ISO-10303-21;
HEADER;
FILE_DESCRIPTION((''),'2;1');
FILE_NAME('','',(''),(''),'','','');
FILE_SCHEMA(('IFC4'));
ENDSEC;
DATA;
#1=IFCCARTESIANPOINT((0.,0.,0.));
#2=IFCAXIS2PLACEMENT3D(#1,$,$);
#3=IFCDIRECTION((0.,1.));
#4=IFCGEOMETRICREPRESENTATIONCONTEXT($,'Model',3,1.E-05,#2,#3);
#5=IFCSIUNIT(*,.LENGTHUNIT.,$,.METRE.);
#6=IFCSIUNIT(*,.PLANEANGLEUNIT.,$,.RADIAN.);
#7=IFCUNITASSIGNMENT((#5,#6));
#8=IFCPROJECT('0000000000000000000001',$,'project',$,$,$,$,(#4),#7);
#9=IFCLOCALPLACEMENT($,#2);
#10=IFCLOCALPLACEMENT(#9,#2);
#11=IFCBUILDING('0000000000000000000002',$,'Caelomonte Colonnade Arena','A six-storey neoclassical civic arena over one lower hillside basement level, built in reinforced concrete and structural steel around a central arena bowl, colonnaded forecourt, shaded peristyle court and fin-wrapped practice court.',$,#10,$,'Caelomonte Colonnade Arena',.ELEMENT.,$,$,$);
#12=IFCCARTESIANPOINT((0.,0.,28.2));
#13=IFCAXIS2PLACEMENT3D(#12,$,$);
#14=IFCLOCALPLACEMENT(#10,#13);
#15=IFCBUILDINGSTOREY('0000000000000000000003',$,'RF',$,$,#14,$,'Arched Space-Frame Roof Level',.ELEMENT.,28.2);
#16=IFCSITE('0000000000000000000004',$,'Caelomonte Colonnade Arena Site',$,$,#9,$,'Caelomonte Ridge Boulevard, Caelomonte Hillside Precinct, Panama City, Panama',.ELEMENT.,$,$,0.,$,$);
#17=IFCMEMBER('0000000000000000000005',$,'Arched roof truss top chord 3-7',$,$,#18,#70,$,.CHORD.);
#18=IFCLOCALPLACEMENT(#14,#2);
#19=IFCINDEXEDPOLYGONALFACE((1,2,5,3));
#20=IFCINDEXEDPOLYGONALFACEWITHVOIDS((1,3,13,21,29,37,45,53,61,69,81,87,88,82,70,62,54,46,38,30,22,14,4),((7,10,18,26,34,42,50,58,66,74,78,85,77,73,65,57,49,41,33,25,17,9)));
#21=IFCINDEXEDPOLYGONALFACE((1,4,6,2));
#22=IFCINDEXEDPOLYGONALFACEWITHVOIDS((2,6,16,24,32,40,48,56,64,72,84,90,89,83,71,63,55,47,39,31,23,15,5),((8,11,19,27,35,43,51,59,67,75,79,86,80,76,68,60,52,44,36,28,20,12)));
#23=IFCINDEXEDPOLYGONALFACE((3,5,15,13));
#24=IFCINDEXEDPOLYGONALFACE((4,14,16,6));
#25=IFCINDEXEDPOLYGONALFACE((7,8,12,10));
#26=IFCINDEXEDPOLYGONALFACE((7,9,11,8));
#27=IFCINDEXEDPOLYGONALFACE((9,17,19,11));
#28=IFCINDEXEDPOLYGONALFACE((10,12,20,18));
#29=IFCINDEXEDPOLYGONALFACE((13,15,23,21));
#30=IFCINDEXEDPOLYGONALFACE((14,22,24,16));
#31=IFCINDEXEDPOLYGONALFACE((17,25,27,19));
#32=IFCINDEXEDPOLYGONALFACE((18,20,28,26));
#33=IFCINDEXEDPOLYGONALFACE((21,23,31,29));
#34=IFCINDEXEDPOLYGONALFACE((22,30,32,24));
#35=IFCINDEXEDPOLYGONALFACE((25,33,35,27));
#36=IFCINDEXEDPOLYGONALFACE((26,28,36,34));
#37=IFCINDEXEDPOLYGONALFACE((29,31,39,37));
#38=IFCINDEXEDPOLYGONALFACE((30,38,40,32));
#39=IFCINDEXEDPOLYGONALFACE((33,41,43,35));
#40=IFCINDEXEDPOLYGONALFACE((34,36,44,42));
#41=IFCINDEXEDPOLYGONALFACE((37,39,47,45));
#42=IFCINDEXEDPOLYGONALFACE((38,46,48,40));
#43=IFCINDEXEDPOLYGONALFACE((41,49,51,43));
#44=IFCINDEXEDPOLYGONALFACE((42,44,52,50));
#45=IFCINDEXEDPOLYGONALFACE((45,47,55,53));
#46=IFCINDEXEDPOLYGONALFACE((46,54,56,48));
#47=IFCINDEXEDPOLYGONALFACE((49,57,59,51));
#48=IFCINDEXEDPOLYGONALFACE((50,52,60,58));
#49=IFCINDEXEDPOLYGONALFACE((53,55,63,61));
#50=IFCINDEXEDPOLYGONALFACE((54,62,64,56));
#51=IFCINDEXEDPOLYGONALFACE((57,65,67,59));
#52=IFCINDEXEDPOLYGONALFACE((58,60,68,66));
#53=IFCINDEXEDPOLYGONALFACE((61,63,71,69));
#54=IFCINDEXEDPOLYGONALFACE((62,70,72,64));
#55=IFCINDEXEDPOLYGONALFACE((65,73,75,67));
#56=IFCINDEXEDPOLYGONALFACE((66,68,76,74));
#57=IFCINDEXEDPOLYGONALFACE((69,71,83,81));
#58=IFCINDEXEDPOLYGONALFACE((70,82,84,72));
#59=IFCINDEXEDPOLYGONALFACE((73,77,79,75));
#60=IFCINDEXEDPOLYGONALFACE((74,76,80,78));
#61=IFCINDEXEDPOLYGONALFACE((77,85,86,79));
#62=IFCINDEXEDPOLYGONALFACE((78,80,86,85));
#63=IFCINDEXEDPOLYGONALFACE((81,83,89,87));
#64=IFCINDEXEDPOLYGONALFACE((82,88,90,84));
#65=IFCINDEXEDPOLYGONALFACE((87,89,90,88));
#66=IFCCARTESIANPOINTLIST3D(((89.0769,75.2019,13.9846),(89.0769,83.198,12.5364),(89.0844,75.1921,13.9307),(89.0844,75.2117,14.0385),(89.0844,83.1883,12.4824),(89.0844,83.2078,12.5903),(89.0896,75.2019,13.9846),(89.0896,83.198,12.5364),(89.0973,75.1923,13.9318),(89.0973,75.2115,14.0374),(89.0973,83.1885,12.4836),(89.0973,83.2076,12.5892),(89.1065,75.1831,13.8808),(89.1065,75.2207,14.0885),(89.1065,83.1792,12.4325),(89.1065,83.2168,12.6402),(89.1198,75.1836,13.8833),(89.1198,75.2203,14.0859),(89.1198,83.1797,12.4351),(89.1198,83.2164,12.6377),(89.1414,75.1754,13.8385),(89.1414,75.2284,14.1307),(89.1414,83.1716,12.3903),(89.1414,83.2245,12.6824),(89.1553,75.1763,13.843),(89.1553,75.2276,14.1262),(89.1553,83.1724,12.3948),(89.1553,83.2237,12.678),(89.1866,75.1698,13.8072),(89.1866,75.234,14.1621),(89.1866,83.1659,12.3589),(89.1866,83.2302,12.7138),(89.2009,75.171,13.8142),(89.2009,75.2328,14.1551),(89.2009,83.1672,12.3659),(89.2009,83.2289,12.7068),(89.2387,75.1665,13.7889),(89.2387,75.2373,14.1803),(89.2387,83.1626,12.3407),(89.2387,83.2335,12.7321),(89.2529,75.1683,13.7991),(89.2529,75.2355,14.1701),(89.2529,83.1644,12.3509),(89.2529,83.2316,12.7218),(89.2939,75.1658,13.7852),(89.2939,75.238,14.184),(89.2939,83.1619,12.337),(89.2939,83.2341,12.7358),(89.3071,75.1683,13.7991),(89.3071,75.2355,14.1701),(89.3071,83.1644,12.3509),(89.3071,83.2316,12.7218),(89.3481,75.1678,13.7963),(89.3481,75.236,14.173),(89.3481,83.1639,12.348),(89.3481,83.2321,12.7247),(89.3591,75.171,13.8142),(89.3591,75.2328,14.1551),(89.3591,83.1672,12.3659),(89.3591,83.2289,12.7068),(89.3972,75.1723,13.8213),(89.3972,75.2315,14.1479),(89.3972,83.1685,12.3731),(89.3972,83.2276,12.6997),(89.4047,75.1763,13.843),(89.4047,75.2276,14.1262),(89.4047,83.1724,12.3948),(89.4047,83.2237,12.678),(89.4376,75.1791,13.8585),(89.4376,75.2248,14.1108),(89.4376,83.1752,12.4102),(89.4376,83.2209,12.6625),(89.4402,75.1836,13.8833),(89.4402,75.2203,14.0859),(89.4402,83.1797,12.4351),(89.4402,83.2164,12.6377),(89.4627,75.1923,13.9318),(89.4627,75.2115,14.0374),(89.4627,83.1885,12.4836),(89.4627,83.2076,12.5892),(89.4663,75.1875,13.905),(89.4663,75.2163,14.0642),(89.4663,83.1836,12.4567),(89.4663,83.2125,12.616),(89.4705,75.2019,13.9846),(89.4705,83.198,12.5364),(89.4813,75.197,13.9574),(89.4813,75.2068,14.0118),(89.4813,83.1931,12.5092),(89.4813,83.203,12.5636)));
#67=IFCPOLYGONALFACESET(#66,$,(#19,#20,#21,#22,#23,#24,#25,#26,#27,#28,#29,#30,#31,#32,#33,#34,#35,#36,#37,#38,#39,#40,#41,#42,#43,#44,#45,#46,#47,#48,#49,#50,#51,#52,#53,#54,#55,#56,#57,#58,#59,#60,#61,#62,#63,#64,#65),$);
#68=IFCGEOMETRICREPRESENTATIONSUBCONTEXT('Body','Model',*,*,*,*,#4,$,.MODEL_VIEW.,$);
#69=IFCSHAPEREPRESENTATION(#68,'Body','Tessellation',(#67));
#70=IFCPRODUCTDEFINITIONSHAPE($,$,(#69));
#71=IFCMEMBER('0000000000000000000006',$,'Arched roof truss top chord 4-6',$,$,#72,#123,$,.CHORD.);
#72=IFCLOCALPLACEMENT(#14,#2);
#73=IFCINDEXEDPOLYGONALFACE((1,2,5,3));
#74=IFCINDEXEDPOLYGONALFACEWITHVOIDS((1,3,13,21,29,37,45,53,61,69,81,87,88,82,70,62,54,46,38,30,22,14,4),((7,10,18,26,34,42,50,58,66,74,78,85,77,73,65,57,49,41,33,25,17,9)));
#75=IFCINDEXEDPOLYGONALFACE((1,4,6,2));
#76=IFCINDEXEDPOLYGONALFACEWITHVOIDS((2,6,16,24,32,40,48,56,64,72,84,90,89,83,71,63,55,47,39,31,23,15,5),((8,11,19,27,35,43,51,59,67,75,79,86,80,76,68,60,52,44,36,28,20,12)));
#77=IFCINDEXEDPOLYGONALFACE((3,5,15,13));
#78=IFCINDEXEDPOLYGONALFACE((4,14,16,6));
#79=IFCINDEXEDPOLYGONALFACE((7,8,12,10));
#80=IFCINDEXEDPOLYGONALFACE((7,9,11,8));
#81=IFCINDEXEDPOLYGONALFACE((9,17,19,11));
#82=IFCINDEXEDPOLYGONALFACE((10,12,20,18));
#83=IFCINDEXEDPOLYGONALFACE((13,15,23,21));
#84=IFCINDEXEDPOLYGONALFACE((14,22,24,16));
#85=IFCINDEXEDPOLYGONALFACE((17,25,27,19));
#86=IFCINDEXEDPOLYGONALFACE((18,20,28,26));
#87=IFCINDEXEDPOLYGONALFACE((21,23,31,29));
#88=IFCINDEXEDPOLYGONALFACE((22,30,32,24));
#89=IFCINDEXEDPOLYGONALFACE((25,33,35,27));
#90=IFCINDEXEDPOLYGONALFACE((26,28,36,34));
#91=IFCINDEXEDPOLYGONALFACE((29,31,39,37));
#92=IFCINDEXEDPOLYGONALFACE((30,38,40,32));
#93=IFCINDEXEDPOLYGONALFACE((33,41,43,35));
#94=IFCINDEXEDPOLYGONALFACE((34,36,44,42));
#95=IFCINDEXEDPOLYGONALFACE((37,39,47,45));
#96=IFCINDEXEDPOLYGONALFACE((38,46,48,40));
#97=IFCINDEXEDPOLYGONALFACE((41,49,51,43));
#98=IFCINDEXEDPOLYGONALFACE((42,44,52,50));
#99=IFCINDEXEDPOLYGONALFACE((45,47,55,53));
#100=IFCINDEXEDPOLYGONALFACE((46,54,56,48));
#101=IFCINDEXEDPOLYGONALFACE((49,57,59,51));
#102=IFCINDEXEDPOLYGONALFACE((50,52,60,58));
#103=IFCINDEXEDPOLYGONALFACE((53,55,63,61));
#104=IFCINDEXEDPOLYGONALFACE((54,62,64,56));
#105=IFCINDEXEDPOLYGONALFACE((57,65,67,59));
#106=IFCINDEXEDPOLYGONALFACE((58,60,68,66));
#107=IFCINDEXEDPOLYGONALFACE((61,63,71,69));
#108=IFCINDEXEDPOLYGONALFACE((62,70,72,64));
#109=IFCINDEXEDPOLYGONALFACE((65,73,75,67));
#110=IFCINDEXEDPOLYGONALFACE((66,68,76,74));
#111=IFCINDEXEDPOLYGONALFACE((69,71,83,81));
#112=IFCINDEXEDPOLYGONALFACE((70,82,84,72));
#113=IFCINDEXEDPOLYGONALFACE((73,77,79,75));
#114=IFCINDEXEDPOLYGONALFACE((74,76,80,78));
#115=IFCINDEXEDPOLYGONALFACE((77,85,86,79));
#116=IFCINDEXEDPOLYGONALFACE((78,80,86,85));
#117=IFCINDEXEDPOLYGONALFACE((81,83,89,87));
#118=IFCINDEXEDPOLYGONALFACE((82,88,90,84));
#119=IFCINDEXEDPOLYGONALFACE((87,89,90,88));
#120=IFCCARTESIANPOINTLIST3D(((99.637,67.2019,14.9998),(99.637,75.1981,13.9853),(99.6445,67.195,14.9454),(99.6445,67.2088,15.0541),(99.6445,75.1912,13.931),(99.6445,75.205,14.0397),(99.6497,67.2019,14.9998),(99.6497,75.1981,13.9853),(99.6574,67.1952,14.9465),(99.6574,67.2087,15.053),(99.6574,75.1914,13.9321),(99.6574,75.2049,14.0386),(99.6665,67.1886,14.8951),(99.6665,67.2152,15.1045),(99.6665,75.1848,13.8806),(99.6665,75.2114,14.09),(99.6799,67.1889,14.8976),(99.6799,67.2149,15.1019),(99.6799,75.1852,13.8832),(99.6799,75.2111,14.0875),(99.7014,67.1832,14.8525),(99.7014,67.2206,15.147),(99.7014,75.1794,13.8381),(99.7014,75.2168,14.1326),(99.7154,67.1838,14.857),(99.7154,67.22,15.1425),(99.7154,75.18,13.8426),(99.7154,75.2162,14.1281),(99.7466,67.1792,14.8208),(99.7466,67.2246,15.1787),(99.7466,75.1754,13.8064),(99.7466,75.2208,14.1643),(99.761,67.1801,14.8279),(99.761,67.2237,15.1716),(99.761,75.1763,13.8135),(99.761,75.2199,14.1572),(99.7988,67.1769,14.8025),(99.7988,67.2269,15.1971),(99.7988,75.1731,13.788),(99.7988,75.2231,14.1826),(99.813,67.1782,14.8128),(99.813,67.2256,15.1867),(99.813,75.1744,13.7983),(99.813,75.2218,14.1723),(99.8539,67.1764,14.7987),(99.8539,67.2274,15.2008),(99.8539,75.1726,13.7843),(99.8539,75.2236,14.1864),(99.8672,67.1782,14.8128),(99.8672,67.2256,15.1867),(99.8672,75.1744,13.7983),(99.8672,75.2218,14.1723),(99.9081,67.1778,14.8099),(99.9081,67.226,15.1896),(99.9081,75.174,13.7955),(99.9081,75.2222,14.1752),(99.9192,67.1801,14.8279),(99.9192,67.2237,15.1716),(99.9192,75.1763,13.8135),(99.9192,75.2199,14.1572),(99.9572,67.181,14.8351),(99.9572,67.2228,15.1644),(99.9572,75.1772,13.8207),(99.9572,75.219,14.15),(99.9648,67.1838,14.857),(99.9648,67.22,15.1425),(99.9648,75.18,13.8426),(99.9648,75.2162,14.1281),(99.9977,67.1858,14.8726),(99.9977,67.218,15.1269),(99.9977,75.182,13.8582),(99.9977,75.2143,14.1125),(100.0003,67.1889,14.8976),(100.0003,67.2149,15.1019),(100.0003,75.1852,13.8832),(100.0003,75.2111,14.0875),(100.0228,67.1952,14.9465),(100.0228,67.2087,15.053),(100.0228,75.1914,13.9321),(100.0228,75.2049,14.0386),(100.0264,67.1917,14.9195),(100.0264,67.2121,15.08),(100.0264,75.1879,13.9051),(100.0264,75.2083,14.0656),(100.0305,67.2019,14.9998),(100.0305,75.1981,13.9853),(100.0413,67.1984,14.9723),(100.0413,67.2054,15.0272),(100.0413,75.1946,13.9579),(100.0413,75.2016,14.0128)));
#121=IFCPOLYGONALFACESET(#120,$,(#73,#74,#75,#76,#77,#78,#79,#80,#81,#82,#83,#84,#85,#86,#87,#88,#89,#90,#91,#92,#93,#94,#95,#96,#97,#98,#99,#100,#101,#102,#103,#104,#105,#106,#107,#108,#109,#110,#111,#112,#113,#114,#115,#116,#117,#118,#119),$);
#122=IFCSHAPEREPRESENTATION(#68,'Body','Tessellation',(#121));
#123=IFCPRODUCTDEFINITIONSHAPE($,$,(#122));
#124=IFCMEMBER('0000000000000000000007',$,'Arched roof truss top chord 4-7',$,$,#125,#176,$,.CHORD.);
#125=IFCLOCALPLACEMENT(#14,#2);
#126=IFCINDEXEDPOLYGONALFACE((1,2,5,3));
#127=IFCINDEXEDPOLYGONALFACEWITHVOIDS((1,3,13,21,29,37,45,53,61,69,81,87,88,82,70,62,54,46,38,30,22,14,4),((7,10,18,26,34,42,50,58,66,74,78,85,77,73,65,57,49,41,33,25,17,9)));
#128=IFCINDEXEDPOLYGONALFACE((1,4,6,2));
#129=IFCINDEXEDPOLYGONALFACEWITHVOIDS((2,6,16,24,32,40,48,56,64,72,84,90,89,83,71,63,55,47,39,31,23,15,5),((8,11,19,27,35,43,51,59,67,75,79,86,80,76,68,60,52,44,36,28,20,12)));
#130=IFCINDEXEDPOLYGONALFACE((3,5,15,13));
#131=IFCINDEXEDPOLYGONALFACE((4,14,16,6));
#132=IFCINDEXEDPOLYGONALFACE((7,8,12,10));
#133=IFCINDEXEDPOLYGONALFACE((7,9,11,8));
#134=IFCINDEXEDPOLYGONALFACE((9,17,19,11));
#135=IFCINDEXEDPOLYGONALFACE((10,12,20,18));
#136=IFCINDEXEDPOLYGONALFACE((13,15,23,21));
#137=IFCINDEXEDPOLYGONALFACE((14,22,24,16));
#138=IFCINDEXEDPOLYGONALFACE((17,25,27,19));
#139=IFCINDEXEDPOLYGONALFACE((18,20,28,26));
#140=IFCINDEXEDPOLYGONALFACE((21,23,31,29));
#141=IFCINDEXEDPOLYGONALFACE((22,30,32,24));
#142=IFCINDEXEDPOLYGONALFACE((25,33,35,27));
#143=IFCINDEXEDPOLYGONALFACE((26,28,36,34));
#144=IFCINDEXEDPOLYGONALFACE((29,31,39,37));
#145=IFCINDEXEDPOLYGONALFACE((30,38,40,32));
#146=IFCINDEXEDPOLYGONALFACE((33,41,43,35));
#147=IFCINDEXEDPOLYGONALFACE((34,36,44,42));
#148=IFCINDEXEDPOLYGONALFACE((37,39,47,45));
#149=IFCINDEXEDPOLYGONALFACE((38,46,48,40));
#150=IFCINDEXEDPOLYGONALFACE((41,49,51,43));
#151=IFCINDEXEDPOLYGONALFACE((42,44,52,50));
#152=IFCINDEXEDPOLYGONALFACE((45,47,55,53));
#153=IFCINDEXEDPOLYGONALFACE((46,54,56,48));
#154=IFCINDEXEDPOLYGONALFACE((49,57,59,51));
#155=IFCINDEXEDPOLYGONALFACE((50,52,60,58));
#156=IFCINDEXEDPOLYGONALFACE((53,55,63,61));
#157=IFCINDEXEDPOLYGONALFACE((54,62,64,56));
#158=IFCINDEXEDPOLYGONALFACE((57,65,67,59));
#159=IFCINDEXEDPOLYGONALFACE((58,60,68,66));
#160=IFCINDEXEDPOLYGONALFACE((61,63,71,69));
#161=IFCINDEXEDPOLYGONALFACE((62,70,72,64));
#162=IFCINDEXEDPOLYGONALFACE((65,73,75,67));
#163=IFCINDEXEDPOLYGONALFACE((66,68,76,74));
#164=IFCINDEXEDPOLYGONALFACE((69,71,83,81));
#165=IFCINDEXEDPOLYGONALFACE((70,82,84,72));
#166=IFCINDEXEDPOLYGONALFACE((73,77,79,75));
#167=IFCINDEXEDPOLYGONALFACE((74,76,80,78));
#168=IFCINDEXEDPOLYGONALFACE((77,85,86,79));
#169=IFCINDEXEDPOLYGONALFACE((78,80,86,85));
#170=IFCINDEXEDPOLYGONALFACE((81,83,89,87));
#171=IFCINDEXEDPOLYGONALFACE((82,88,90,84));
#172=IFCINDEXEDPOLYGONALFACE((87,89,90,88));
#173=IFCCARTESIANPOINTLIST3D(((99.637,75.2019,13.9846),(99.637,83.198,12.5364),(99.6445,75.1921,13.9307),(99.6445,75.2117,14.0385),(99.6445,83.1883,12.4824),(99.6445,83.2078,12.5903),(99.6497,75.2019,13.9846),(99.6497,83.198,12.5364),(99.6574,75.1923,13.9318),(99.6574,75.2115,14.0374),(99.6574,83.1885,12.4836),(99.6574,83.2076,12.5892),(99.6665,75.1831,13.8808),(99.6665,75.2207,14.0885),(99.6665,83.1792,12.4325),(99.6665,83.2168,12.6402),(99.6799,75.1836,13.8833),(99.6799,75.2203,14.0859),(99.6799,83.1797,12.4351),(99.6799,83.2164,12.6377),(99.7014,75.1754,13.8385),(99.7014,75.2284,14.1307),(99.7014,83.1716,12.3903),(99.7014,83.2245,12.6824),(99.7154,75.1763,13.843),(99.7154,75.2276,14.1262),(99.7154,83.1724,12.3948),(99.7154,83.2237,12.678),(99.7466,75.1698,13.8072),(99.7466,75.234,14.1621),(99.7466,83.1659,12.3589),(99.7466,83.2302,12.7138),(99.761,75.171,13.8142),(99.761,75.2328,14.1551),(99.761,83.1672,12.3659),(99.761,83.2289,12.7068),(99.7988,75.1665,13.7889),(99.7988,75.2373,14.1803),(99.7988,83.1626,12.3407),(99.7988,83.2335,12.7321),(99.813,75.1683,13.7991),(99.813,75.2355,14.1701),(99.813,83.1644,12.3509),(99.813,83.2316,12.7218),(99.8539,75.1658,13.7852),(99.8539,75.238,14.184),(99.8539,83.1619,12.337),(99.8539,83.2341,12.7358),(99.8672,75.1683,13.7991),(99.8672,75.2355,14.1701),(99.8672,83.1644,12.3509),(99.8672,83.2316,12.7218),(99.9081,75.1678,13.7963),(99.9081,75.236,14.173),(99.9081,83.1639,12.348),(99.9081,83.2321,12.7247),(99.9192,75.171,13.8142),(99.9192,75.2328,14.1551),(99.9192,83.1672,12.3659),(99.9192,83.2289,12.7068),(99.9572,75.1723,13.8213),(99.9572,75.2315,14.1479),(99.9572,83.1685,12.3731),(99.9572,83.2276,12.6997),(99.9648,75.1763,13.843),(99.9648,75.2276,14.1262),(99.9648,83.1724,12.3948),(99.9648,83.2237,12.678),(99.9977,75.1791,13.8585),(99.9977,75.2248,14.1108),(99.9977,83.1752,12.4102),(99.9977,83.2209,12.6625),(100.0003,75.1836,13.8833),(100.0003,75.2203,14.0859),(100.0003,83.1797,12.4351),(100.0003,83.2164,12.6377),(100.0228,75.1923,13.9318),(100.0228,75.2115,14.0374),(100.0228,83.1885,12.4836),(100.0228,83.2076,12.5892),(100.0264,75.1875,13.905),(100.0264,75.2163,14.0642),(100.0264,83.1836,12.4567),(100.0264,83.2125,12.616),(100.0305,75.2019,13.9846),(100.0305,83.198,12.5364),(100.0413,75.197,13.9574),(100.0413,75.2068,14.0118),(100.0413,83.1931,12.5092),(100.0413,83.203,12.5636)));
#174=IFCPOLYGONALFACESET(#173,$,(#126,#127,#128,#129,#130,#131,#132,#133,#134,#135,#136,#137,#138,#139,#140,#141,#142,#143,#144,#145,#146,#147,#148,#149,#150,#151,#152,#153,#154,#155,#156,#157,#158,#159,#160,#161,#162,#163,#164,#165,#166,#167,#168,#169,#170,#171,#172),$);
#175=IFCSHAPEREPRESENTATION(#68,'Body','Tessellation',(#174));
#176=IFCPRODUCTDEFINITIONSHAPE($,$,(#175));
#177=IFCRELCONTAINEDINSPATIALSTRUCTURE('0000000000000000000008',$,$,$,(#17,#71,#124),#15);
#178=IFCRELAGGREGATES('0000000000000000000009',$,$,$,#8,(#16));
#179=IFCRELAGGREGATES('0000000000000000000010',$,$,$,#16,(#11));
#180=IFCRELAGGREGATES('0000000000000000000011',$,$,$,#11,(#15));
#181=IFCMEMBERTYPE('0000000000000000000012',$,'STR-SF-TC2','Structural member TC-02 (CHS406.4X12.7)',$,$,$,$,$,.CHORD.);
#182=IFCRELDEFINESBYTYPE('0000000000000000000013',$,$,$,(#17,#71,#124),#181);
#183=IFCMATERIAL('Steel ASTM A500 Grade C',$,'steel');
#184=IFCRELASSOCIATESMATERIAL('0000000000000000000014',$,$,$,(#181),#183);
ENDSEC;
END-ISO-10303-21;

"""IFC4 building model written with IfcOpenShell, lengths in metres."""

from ifc_helpers import new_model, si_unit, direction, frame, origin, origin_2d, place, context, subcontext, project, spatial, hollow_circle, extrude, material, material_profile, profile_set, type_object, element, save


model = new_model("IFC4")

# Units and contexts
model_context = context("Model", 3, precision=1e-05, world=origin(), true_north=direction((0.0, 1.0)))
body_context = subcontext(model_context, "Body", "Model", "MODEL_VIEW")
ifc_project = project(units=[si_unit("LENGTHUNIT", "METRE"), si_unit("PLANEANGLEUNIT", "RADIAN")], contexts=[model_context])

# Site, building, storey
site_placement = place(None, origin())
site = spatial("IfcSite", under=ifc_project, at=site_placement, Name="Caelomonte Colonnade Arena Site", LongName="Caelomonte Ridge Boulevard, Caelomonte Hillside Precinct, Panama City, Panama", CompositionType="ELEMENT", RefElevation=0.0)
building_placement = place(site_placement, origin())
building = spatial("IfcBuilding", under=site, at=building_placement, Name="Caelomonte Colonnade Arena", Description="A six-storey neoclassical civic arena over one lower hillside basement level, built in reinforced concrete and structural steel around a central arena bowl, colonnaded forecourt, shaded peristyle court and fin-wrapped practice court.", LongName="Caelomonte Colonnade Arena", CompositionType="ELEMENT")
storey_placement = place(building_placement, frame((0.0, 0.0, 28.2)))
storey = spatial("IfcBuildingStorey", under=building, at=storey_placement, Name="RF", LongName="Arched Space-Frame Roof Level", CompositionType="ELEMENT", Elevation=28.2)

# Members
ifc_material_1 = material(Name="Steel ASTM A500 Grade C", Category="steel")
ifc_material_profile_1 = material_profile(ifc_material_1, hollow_circle(Radius=0.2031, WallThickness=0.0127, at=origin_2d()), Name="CHS406.4X12.7")
ifc_profile_set_1 = profile_set([ifc_material_profile_1], Name="Steel ASTM A500 Grade C")
member_type_1 = type_object("IfcMemberType", Name="STR-SF-TC2", Description="Structural member TC-02 (CHS406.4X12.7)", PredefinedType="CHORD", material=ifc_profile_set_1)
member_1_placement = place(storey_placement, frame((89.28, 75.2019, 13.9846), z_axis=(0.0, 0.983991, -0.178219), x_axis=(-1.0, 0.0, 0.0)))
element("IfcMember", 1, at=member_1_placement, inside=storey, type_object=member_type_1, Name="Arched roof truss top chord 3-7", PredefinedType="CHORD", context=body_context, shape_type="SweptSolid", body=[
    extrude(hollow_circle(Radius=0.2031, WallThickness=0.0127, at=origin_2d()), origin(), (0.0, 0.0, 1.0), 8.1262),
])
member_2_placement = place(storey_placement, frame((99.8401, 67.2019, 14.9998), z_axis=(0.0, 0.992049, -0.125854), x_axis=(-1.0, 0.0, 0.0)))
element("IfcMember", 2, at=member_2_placement, inside=storey, type_object=member_type_1, Name="Arched roof truss top chord 4-6", PredefinedType="CHORD", context=body_context, shape_type="SweptSolid", body=[
    extrude(hollow_circle(Radius=0.2031, WallThickness=0.0127, at=origin_2d()), origin(), (0.0, 0.0, 1.0), 8.0603),
])
member_3_placement = place(storey_placement, frame((99.8401, 75.2019, 13.9846), z_axis=(0.0, 0.983991, -0.178219), x_axis=(-1.0, 0.0, 0.0)))
element("IfcMember", 3, at=member_3_placement, inside=storey, type_object=member_type_1, Name="Arched roof truss top chord 4-7", PredefinedType="CHORD", context=body_context, shape_type="SweptSolid", body=[
    extrude(hollow_circle(Radius=0.2031, WallThickness=0.0127, at=origin_2d()), origin(), (0.0, 0.0, 1.0), 8.1262),
])

save(model, "model.ifc")
